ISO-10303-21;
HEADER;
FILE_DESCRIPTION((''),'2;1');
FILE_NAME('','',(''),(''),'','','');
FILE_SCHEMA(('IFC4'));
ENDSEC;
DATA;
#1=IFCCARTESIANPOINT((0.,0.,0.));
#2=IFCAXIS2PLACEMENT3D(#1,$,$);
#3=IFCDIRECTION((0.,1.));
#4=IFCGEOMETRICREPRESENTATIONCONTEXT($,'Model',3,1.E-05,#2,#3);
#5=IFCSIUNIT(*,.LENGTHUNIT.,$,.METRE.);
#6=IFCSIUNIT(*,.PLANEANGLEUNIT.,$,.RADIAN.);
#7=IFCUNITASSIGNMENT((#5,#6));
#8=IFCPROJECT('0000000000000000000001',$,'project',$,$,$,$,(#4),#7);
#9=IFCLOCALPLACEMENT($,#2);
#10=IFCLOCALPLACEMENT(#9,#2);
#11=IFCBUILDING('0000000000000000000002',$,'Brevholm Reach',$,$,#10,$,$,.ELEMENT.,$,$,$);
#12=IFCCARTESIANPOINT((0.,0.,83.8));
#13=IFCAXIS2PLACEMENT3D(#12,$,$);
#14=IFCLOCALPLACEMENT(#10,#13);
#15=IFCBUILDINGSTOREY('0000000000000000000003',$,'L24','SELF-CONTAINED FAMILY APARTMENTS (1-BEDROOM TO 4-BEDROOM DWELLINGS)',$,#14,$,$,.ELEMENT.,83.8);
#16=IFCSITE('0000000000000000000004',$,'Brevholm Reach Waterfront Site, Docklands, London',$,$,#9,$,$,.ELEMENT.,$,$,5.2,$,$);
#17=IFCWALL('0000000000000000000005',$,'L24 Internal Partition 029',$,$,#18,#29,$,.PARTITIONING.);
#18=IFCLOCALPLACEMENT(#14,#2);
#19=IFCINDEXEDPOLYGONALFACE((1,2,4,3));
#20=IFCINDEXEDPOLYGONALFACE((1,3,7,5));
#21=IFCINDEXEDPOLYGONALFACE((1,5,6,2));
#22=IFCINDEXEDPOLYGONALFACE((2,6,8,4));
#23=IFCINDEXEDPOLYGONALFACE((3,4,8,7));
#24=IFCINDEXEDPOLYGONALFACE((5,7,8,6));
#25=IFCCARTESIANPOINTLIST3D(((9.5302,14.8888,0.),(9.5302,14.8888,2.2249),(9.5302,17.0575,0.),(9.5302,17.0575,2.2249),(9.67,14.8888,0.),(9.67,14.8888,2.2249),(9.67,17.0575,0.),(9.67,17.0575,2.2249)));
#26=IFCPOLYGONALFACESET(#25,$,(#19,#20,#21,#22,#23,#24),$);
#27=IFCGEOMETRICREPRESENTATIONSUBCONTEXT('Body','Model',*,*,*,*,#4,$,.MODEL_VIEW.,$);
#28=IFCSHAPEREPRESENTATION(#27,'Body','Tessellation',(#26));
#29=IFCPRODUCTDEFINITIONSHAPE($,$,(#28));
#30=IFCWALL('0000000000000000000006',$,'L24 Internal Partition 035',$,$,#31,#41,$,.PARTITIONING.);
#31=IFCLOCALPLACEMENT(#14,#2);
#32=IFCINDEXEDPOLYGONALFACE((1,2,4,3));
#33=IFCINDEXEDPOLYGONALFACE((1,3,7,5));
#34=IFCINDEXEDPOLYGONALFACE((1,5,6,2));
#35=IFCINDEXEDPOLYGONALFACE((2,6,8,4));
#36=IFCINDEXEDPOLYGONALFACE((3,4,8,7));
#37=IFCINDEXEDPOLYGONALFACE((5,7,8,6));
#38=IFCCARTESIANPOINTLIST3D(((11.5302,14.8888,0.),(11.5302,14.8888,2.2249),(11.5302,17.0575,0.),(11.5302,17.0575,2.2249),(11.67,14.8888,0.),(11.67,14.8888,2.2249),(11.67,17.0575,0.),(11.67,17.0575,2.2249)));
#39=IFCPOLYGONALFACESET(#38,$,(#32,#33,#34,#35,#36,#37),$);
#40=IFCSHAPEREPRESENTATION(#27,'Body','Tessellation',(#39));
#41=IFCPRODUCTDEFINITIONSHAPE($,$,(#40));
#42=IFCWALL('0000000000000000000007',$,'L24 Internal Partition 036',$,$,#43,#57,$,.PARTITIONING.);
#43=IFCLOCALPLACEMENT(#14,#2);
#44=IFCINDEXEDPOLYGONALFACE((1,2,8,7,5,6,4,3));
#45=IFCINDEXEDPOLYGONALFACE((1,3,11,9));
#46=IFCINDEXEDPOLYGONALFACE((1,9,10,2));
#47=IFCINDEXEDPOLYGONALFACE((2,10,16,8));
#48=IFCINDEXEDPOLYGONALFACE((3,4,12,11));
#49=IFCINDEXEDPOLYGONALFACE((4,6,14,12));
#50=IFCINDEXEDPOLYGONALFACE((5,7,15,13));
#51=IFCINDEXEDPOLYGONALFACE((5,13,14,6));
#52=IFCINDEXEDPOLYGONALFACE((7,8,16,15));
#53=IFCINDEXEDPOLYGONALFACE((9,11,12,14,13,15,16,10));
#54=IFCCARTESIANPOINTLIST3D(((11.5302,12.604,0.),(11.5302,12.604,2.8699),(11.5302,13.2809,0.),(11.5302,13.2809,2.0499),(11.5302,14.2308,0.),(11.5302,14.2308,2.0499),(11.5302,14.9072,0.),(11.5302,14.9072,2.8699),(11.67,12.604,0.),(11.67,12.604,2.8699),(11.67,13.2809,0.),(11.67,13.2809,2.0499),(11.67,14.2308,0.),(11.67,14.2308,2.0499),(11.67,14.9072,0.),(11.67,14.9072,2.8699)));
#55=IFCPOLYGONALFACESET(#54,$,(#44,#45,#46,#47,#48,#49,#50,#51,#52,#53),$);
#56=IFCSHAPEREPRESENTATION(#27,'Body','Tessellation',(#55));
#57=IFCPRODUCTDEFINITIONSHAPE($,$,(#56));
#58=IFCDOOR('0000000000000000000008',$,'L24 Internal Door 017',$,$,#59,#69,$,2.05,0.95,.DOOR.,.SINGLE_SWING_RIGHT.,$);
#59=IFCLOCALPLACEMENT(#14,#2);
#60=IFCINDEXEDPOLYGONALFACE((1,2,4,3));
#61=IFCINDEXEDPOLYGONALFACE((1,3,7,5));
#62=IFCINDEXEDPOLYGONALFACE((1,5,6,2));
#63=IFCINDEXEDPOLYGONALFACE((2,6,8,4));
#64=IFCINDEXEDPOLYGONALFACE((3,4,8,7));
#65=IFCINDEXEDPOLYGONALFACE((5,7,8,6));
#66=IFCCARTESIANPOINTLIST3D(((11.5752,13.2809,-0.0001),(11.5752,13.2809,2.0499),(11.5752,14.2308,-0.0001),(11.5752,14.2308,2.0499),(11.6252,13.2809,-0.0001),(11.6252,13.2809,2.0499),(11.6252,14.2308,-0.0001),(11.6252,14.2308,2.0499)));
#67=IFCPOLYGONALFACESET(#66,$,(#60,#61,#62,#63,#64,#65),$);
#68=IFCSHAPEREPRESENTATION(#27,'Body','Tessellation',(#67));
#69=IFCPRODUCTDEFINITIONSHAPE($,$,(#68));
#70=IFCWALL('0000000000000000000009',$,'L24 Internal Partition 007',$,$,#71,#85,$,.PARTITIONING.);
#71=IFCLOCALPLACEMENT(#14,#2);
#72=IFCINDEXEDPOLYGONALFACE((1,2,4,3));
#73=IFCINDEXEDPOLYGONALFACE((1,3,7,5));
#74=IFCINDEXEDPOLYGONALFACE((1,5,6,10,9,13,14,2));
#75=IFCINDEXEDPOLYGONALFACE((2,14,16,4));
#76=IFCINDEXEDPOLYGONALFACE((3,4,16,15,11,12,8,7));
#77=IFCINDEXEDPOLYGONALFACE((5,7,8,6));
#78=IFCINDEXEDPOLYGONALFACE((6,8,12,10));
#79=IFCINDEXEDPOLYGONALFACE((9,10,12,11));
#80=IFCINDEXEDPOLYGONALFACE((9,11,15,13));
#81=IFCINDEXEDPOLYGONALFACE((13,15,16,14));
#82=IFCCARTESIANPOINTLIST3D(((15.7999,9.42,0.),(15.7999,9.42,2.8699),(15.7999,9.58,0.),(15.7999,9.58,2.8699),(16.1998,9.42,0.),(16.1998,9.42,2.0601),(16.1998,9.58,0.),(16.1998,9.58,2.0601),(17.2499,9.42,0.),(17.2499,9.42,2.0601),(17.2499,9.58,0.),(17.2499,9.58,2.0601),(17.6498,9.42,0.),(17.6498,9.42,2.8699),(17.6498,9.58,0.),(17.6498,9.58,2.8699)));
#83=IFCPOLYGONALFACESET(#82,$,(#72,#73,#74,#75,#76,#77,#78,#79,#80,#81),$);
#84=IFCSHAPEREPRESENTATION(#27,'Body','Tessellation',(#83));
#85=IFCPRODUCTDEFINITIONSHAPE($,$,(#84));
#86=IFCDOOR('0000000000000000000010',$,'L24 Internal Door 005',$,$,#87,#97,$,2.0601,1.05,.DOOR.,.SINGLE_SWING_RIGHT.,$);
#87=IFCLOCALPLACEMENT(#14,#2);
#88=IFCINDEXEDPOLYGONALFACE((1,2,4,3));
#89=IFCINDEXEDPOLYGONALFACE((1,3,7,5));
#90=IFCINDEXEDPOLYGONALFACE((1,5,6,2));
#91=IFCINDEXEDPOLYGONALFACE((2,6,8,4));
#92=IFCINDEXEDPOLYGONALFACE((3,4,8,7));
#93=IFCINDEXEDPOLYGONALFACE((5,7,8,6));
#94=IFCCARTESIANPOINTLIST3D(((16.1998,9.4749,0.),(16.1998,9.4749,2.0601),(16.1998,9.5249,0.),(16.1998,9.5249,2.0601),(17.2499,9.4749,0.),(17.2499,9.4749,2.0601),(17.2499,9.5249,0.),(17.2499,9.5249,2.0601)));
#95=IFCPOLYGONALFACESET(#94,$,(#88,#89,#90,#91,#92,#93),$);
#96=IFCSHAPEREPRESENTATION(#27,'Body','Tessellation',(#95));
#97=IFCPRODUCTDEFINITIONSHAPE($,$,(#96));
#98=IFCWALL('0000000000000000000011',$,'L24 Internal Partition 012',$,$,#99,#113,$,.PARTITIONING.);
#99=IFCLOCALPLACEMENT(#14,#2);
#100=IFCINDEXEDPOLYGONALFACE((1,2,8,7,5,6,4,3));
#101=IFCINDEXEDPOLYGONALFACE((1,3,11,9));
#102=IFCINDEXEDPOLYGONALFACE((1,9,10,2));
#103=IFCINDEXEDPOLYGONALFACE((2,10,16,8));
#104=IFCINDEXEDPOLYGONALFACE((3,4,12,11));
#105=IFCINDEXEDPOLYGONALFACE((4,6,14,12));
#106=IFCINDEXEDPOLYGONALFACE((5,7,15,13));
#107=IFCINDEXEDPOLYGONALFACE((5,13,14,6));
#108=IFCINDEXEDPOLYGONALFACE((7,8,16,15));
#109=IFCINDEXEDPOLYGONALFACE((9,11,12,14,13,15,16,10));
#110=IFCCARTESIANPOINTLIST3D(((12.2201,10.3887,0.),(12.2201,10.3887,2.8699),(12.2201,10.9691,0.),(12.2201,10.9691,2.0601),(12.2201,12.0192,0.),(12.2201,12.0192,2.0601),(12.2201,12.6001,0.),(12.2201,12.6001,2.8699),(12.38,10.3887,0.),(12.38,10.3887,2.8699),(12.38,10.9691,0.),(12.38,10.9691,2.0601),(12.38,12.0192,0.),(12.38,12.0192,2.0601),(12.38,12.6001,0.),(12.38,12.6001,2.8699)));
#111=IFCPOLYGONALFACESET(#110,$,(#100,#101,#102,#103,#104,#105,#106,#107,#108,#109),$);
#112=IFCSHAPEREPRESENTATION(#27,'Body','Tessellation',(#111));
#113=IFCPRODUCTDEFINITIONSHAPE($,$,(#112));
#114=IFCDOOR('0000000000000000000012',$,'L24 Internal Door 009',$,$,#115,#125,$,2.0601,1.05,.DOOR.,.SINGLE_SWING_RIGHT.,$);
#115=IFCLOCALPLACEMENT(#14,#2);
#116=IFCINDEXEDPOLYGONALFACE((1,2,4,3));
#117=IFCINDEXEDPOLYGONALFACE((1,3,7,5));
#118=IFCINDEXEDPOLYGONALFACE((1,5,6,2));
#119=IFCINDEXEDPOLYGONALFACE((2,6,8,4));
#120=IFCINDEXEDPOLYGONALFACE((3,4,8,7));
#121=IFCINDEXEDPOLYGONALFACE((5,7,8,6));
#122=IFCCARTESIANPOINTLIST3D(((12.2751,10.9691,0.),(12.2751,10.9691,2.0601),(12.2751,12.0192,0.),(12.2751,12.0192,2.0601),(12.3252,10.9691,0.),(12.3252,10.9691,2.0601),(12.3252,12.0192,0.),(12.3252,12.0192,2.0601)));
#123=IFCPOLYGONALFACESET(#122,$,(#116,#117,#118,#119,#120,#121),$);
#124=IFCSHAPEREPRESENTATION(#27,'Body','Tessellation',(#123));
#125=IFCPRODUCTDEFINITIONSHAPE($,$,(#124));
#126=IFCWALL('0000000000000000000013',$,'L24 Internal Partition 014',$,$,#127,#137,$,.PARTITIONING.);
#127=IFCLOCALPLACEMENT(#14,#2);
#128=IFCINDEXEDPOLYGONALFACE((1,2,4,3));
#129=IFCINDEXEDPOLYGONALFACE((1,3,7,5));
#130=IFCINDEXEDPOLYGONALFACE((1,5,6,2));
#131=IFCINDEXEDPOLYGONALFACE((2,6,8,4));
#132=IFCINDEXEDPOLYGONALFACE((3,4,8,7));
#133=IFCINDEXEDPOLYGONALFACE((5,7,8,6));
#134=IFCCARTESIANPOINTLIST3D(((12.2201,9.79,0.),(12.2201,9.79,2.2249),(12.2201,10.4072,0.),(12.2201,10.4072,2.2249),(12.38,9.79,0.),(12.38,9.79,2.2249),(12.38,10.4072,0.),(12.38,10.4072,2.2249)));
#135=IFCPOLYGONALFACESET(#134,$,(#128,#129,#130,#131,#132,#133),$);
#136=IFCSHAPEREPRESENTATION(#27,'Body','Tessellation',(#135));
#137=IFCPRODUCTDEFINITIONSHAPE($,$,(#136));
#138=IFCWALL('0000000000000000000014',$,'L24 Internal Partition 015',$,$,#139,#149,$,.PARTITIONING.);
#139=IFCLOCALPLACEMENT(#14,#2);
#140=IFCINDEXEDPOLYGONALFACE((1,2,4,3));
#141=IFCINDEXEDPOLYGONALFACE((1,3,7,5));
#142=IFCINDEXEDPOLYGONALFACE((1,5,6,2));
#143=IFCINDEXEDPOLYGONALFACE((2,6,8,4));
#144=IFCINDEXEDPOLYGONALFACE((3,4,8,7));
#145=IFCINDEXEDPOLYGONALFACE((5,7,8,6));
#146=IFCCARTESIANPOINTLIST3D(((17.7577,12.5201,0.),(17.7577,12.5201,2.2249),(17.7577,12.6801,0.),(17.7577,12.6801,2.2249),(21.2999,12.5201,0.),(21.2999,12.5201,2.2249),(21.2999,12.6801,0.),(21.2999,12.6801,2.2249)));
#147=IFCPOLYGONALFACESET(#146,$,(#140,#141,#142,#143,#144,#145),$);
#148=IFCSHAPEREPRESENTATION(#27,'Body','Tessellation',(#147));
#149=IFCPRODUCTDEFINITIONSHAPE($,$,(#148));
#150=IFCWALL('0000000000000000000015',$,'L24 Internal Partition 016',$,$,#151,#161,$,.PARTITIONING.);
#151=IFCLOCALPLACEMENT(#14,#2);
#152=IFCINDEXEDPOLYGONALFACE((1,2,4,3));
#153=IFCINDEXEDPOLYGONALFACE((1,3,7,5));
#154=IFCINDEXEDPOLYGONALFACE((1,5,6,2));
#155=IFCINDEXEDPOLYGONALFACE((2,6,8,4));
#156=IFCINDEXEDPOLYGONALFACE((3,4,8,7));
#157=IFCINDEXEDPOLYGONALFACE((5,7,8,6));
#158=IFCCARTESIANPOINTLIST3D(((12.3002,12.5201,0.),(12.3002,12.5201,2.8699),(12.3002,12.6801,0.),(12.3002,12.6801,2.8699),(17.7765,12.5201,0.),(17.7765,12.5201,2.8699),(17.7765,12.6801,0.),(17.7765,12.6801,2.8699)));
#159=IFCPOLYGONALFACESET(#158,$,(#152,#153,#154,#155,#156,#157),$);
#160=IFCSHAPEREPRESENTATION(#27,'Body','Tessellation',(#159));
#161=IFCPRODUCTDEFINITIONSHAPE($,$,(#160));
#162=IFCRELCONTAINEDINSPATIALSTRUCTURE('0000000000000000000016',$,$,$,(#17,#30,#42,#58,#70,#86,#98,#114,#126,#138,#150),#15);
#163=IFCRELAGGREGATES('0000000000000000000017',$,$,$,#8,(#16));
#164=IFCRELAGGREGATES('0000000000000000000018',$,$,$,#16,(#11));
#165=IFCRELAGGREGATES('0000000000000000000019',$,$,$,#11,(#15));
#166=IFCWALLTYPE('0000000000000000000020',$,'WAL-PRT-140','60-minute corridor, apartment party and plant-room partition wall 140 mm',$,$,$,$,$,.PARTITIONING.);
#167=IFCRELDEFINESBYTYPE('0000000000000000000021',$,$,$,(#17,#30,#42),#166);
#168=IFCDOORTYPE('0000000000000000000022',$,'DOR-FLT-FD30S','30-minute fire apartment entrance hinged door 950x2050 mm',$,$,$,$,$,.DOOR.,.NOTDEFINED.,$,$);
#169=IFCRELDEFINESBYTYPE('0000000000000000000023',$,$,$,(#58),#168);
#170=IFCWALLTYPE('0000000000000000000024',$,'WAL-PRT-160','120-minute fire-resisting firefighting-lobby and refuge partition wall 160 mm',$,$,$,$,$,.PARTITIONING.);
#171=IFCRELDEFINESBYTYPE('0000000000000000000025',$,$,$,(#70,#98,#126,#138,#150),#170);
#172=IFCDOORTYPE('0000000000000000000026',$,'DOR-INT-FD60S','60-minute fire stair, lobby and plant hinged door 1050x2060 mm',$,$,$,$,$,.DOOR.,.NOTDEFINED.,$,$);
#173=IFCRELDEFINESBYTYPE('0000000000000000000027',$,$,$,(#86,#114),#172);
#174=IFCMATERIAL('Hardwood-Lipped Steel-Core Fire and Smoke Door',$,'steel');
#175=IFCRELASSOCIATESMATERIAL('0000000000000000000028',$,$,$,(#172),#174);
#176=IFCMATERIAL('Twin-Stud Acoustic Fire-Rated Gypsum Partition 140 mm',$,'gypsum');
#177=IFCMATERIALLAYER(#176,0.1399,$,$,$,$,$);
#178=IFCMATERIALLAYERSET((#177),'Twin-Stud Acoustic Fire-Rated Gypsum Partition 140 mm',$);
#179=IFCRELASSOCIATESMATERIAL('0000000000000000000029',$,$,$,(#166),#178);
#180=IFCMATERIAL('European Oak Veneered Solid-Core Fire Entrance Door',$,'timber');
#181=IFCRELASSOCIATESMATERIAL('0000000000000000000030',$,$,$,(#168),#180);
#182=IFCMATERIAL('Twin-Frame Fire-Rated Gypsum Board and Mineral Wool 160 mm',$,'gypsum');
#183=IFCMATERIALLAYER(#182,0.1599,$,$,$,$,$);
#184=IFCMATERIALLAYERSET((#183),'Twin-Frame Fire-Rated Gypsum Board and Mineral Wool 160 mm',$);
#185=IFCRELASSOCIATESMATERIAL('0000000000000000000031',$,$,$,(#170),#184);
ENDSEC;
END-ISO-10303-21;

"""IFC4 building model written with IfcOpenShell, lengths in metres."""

from ifc_helpers import new_model, si_unit, direction, frame, frame_2d, origin, place, context, subcontext, project, spatial, rectangle, extrude, material, layer, layer_set, type_object, element, fill, save


model = new_model("IFC4")

# Units and contexts
model_context = context("Model", 3, precision=1e-05, world=origin(), true_north=direction((0.0, 1.0)))
body_context = subcontext(model_context, "Body", "Model", "MODEL_VIEW")
ifc_project = project(units=[si_unit("LENGTHUNIT", "METRE"), si_unit("PLANEANGLEUNIT", "RADIAN")], contexts=[model_context])

# Site, building, storey
site_placement = place(None, origin())
site = spatial("IfcSite", under=ifc_project, at=site_placement, Name="Brevholm Reach Waterfront Site, Docklands, London", CompositionType="ELEMENT", RefElevation=5.2)
building_placement = place(site_placement, origin())
building = spatial("IfcBuilding", under=site, at=building_placement, Name="Brevholm Reach", CompositionType="ELEMENT")
storey_placement = place(building_placement, frame((0.0, 0.0, 83.8)))
storey = spatial("IfcBuildingStorey", under=building, at=storey_placement, Name="L24", Description="SELF-CONTAINED FAMILY APARTMENTS (1-BEDROOM TO 4-BEDROOM DWELLINGS)", CompositionType="ELEMENT", Elevation=83.8)

# Shared definitions
ifc_material_1 = material(Name="Hardwood-Lipped Steel-Core Fire and Smoke Door", Category="steel")
door_type_1 = type_object("IfcDoorType", Name="DOR-INT-FD60S", Description="60-minute fire stair, lobby and plant hinged door 1050x2060 mm", OperationType="NOTDEFINED", PredefinedType="DOOR", material=ifc_material_1)

# Walls
ifc_material_2 = material(Name="Twin-Stud Acoustic Fire-Rated Gypsum Partition 140 mm", Category="gypsum")
ifc_layer_1 = layer(ifc_material_2, 0.1399)
ifc_layer_set_1 = layer_set([ifc_layer_1], Name="Twin-Stud Acoustic Fire-Rated Gypsum Partition 140 mm")
wall_type_1 = type_object("IfcWallType", Name="WAL-PRT-140", Description="60-minute corridor, apartment party and plant-room partition wall 140 mm", PredefinedType="PARTITIONING", material=ifc_layer_set_1)
for number, where, z_axis, x_axis, name in (
    (1, (9.6001, 14.8887, 0.0), (0.0, 0.0, 1.0), (0.0, 1.0, 0.0), "L24 Internal Partition 029"),
    (2, (11.6001, 14.8887, 0.0), (0.0, 0.0, 1.0), (0.0, 1.0, 0.0), "L24 Internal Partition 035"),
):
    element("IfcWall", number, at=place(storey_placement, frame(where, z_axis=z_axis, x_axis=x_axis)), inside=storey, type_object=wall_type_1, Name=name, PredefinedType="PARTITIONING", context=body_context, shape_type="SweptSolid", body=[
        extrude(rectangle(XDim=2.1687, YDim=0.1399, at=frame_2d((1.0845, 0.0))), origin(), (0.0, 0.0, 1.0), 2.2249),
    ])

# Walls, openings, doors
wall_1_placement = place(storey_placement, frame((11.6001, 12.604, 0.0), z_axis=(0.0, 0.0, 1.0), x_axis=(0.0, 1.0, 0.0)))
wall_1 = element("IfcWall", 3, at=wall_1_placement, inside=storey, type_object=wall_type_1, Name="L24 Internal Partition 036", PredefinedType="PARTITIONING", context=body_context, shape_type="SweptSolid", body=[
    extrude(rectangle(XDim=2.3032, YDim=0.1399, at=frame_2d((1.1516, 0.0))), origin(), (0.0, 0.0, 1.0), 2.8699),
])
opening_1_placement = place(wall_1_placement, frame((0.6768, 0.0, 0.0)))
opening_1 = element("IfcOpeningElement", 4, at=opening_1_placement, cuts=wall_1, PredefinedType="OPENING", context=body_context, shape_type="SweptSolid", body=[
    extrude(rectangle(XDim=0.95, YDim=2.05, at=frame_2d((0.4751, 1.0249))), frame((0.0, 0.0798, 0.0), z_axis=(0.0, -1.0, 0.0), x_axis=(1.0, 0.0, 0.0)), (0.0, 0.0, 1.0), 0.1599),
])
ifc_material_3 = material(Name="European Oak Veneered Solid-Core Fire Entrance Door", Category="timber")
door_type_2 = type_object("IfcDoorType", Name="DOR-FLT-FD30S", Description="30-minute fire apartment entrance hinged door 950x2050 mm", OperationType="NOTDEFINED", PredefinedType="DOOR", material=ifc_material_3)
door_1_placement = place(opening_1_placement, origin())
door_1 = element("IfcDoor", 5, at=door_1_placement, inside=storey, type_object=door_type_2, Name="L24 Internal Door 017", OperationType="SINGLE_SWING_RIGHT", OverallHeight=2.05, OverallWidth=0.95, PredefinedType="DOOR", context=body_context, shape_type="SweptSolid", body=[
    extrude(rectangle(XDim=0.95, YDim=2.05, at=frame_2d((0.4751, 1.0249))), frame((0.0, 0.0249, 0.0), z_axis=(0.0, -1.0, 0.0), x_axis=(1.0, 0.0, 0.0)), (0.0, 0.0, 1.0), 0.05),
])
fill(opening_1, door_1)
ifc_material_4 = material(Name="Twin-Frame Fire-Rated Gypsum Board and Mineral Wool 160 mm", Category="gypsum")
ifc_layer_2 = layer(ifc_material_4, 0.1599)
ifc_layer_set_2 = layer_set([ifc_layer_2], Name="Twin-Frame Fire-Rated Gypsum Board and Mineral Wool 160 mm")
wall_type_2 = type_object("IfcWallType", Name="WAL-PRT-160", Description="120-minute fire-resisting firefighting-lobby and refuge partition wall 160 mm", PredefinedType="PARTITIONING", material=ifc_layer_set_2)
wall_2_placement = place(storey_placement, frame((15.8, 9.5, 0.0), z_axis=(0.0, 0.0, 1.0), x_axis=(1.0, 0.0, 0.0)))
wall_2 = element("IfcWall", 6, at=wall_2_placement, inside=storey, type_object=wall_type_2, Name="L24 Internal Partition 007", PredefinedType="PARTITIONING", context=body_context, shape_type="SweptSolid", body=[
    extrude(rectangle(XDim=1.8499, YDim=0.1599, at=frame_2d((0.9248, 0.0))), origin(), (0.0, 0.0, 1.0), 2.8699),
])
opening_2_placement = place(wall_2_placement, frame((0.3999, 0.0, 0.0)))
opening_2 = element("IfcOpeningElement", 7, at=opening_2_placement, cuts=wall_2, PredefinedType="OPENING", context=body_context, shape_type="SweptSolid", body=[
    extrude(rectangle(XDim=1.05, YDim=2.0601, at=frame_2d((0.5249, 1.03))), frame((0.0, 0.0898, 0.0), z_axis=(0.0, -1.0, 0.0), x_axis=(1.0, 0.0, 0.0)), (0.0, 0.0, 1.0), 0.1799),
])
door_2_placement = place(opening_2_placement, origin())
door_2 = element("IfcDoor", 8, at=door_2_placement, inside=storey, type_object=door_type_1, Name="L24 Internal Door 005", OperationType="SINGLE_SWING_RIGHT", OverallHeight=2.0601, OverallWidth=1.05, PredefinedType="DOOR", context=body_context, shape_type="SweptSolid", body=[
    extrude(rectangle(XDim=1.05, YDim=2.0601, at=frame_2d((0.5249, 1.03))), frame((0.0, 0.0249, 0.0), z_axis=(0.0, -1.0, 0.0), x_axis=(1.0, 0.0, 0.0)), (0.0, 0.0, 1.0), 0.05),
])
fill(opening_2, door_2)
wall_3_placement = place(storey_placement, frame((12.3, 10.3887, 0.0), z_axis=(0.0, 0.0, 1.0), x_axis=(0.0, 1.0, 0.0)))
wall_3 = element("IfcWall", 9, at=wall_3_placement, inside=storey, type_object=wall_type_2, Name="L24 Internal Partition 012", PredefinedType="PARTITIONING", context=body_context, shape_type="SweptSolid", body=[
    extrude(rectangle(XDim=2.2114, YDim=0.1599, at=frame_2d((1.1057, 0.0))), origin(), (0.0, 0.0, 1.0), 2.8699),
])
opening_3_placement = place(wall_3_placement, frame((0.5806, 0.0, 0.0)))
opening_3 = element("IfcOpeningElement", 10, at=opening_3_placement, cuts=wall_3, PredefinedType="OPENING", context=body_context, shape_type="SweptSolid", body=[
    extrude(rectangle(XDim=1.05, YDim=2.0601, at=frame_2d((0.5249, 1.03))), frame((0.0, 0.0898, 0.0), z_axis=(0.0, -1.0, 0.0), x_axis=(1.0, 0.0, 0.0)), (0.0, 0.0, 1.0), 0.1799),
])
door_3_placement = place(opening_3_placement, origin())
door_3 = element("IfcDoor", 11, at=door_3_placement, inside=storey, type_object=door_type_1, Name="L24 Internal Door 009", OperationType="SINGLE_SWING_RIGHT", OverallHeight=2.0601, OverallWidth=1.05, PredefinedType="DOOR", context=body_context, shape_type="SweptSolid", body=[
    extrude(rectangle(XDim=1.05, YDim=2.0601, at=frame_2d((0.5249, 1.03))), frame((0.0, 0.0249, 0.0), z_axis=(0.0, -1.0, 0.0), x_axis=(1.0, 0.0, 0.0)), (0.0, 0.0, 1.0), 0.05),
])
fill(opening_3, door_3)

# Walls
wall_4_placement = place(storey_placement, frame((12.3, 9.79, 0.0), z_axis=(0.0, 0.0, 1.0), x_axis=(0.0, 1.0, 0.0)))
element("IfcWall", 12, at=wall_4_placement, inside=storey, type_object=wall_type_2, Name="L24 Internal Partition 014", PredefinedType="PARTITIONING", context=body_context, shape_type="SweptSolid", body=[
    extrude(rectangle(XDim=0.6172, YDim=0.1599, at=frame_2d((0.3086, 0.0))), origin(), (0.0, 0.0, 1.0), 2.2249),
])
wall_5_placement = place(storey_placement, frame((17.7578, 12.6001, 0.0), z_axis=(0.0, 0.0, 1.0), x_axis=(1.0, 0.0, 0.0)))
element("IfcWall", 13, at=wall_5_placement, inside=storey, type_object=wall_type_2, Name="L24 Internal Partition 015", PredefinedType="PARTITIONING", context=body_context, shape_type="SweptSolid", body=[
    extrude(rectangle(XDim=3.5422, YDim=0.1599, at=frame_2d((1.771, 0.0))), origin(), (0.0, 0.0, 1.0), 2.2249),
])
wall_6_placement = place(storey_placement, frame((12.3, 12.6001, 0.0), z_axis=(0.0, 0.0, 1.0), x_axis=(1.0, 0.0, 0.0)))
element("IfcWall", 14, at=wall_6_placement, inside=storey, type_object=wall_type_2, Name="L24 Internal Partition 016", PredefinedType="PARTITIONING", context=body_context, shape_type="SweptSolid", body=[
    extrude(rectangle(XDim=5.4763, YDim=0.1599, at=frame_2d((2.7383, 0.0))), origin(), (0.0, 0.0, 1.0), 2.8699),
])

save(model, "model.ifc")
